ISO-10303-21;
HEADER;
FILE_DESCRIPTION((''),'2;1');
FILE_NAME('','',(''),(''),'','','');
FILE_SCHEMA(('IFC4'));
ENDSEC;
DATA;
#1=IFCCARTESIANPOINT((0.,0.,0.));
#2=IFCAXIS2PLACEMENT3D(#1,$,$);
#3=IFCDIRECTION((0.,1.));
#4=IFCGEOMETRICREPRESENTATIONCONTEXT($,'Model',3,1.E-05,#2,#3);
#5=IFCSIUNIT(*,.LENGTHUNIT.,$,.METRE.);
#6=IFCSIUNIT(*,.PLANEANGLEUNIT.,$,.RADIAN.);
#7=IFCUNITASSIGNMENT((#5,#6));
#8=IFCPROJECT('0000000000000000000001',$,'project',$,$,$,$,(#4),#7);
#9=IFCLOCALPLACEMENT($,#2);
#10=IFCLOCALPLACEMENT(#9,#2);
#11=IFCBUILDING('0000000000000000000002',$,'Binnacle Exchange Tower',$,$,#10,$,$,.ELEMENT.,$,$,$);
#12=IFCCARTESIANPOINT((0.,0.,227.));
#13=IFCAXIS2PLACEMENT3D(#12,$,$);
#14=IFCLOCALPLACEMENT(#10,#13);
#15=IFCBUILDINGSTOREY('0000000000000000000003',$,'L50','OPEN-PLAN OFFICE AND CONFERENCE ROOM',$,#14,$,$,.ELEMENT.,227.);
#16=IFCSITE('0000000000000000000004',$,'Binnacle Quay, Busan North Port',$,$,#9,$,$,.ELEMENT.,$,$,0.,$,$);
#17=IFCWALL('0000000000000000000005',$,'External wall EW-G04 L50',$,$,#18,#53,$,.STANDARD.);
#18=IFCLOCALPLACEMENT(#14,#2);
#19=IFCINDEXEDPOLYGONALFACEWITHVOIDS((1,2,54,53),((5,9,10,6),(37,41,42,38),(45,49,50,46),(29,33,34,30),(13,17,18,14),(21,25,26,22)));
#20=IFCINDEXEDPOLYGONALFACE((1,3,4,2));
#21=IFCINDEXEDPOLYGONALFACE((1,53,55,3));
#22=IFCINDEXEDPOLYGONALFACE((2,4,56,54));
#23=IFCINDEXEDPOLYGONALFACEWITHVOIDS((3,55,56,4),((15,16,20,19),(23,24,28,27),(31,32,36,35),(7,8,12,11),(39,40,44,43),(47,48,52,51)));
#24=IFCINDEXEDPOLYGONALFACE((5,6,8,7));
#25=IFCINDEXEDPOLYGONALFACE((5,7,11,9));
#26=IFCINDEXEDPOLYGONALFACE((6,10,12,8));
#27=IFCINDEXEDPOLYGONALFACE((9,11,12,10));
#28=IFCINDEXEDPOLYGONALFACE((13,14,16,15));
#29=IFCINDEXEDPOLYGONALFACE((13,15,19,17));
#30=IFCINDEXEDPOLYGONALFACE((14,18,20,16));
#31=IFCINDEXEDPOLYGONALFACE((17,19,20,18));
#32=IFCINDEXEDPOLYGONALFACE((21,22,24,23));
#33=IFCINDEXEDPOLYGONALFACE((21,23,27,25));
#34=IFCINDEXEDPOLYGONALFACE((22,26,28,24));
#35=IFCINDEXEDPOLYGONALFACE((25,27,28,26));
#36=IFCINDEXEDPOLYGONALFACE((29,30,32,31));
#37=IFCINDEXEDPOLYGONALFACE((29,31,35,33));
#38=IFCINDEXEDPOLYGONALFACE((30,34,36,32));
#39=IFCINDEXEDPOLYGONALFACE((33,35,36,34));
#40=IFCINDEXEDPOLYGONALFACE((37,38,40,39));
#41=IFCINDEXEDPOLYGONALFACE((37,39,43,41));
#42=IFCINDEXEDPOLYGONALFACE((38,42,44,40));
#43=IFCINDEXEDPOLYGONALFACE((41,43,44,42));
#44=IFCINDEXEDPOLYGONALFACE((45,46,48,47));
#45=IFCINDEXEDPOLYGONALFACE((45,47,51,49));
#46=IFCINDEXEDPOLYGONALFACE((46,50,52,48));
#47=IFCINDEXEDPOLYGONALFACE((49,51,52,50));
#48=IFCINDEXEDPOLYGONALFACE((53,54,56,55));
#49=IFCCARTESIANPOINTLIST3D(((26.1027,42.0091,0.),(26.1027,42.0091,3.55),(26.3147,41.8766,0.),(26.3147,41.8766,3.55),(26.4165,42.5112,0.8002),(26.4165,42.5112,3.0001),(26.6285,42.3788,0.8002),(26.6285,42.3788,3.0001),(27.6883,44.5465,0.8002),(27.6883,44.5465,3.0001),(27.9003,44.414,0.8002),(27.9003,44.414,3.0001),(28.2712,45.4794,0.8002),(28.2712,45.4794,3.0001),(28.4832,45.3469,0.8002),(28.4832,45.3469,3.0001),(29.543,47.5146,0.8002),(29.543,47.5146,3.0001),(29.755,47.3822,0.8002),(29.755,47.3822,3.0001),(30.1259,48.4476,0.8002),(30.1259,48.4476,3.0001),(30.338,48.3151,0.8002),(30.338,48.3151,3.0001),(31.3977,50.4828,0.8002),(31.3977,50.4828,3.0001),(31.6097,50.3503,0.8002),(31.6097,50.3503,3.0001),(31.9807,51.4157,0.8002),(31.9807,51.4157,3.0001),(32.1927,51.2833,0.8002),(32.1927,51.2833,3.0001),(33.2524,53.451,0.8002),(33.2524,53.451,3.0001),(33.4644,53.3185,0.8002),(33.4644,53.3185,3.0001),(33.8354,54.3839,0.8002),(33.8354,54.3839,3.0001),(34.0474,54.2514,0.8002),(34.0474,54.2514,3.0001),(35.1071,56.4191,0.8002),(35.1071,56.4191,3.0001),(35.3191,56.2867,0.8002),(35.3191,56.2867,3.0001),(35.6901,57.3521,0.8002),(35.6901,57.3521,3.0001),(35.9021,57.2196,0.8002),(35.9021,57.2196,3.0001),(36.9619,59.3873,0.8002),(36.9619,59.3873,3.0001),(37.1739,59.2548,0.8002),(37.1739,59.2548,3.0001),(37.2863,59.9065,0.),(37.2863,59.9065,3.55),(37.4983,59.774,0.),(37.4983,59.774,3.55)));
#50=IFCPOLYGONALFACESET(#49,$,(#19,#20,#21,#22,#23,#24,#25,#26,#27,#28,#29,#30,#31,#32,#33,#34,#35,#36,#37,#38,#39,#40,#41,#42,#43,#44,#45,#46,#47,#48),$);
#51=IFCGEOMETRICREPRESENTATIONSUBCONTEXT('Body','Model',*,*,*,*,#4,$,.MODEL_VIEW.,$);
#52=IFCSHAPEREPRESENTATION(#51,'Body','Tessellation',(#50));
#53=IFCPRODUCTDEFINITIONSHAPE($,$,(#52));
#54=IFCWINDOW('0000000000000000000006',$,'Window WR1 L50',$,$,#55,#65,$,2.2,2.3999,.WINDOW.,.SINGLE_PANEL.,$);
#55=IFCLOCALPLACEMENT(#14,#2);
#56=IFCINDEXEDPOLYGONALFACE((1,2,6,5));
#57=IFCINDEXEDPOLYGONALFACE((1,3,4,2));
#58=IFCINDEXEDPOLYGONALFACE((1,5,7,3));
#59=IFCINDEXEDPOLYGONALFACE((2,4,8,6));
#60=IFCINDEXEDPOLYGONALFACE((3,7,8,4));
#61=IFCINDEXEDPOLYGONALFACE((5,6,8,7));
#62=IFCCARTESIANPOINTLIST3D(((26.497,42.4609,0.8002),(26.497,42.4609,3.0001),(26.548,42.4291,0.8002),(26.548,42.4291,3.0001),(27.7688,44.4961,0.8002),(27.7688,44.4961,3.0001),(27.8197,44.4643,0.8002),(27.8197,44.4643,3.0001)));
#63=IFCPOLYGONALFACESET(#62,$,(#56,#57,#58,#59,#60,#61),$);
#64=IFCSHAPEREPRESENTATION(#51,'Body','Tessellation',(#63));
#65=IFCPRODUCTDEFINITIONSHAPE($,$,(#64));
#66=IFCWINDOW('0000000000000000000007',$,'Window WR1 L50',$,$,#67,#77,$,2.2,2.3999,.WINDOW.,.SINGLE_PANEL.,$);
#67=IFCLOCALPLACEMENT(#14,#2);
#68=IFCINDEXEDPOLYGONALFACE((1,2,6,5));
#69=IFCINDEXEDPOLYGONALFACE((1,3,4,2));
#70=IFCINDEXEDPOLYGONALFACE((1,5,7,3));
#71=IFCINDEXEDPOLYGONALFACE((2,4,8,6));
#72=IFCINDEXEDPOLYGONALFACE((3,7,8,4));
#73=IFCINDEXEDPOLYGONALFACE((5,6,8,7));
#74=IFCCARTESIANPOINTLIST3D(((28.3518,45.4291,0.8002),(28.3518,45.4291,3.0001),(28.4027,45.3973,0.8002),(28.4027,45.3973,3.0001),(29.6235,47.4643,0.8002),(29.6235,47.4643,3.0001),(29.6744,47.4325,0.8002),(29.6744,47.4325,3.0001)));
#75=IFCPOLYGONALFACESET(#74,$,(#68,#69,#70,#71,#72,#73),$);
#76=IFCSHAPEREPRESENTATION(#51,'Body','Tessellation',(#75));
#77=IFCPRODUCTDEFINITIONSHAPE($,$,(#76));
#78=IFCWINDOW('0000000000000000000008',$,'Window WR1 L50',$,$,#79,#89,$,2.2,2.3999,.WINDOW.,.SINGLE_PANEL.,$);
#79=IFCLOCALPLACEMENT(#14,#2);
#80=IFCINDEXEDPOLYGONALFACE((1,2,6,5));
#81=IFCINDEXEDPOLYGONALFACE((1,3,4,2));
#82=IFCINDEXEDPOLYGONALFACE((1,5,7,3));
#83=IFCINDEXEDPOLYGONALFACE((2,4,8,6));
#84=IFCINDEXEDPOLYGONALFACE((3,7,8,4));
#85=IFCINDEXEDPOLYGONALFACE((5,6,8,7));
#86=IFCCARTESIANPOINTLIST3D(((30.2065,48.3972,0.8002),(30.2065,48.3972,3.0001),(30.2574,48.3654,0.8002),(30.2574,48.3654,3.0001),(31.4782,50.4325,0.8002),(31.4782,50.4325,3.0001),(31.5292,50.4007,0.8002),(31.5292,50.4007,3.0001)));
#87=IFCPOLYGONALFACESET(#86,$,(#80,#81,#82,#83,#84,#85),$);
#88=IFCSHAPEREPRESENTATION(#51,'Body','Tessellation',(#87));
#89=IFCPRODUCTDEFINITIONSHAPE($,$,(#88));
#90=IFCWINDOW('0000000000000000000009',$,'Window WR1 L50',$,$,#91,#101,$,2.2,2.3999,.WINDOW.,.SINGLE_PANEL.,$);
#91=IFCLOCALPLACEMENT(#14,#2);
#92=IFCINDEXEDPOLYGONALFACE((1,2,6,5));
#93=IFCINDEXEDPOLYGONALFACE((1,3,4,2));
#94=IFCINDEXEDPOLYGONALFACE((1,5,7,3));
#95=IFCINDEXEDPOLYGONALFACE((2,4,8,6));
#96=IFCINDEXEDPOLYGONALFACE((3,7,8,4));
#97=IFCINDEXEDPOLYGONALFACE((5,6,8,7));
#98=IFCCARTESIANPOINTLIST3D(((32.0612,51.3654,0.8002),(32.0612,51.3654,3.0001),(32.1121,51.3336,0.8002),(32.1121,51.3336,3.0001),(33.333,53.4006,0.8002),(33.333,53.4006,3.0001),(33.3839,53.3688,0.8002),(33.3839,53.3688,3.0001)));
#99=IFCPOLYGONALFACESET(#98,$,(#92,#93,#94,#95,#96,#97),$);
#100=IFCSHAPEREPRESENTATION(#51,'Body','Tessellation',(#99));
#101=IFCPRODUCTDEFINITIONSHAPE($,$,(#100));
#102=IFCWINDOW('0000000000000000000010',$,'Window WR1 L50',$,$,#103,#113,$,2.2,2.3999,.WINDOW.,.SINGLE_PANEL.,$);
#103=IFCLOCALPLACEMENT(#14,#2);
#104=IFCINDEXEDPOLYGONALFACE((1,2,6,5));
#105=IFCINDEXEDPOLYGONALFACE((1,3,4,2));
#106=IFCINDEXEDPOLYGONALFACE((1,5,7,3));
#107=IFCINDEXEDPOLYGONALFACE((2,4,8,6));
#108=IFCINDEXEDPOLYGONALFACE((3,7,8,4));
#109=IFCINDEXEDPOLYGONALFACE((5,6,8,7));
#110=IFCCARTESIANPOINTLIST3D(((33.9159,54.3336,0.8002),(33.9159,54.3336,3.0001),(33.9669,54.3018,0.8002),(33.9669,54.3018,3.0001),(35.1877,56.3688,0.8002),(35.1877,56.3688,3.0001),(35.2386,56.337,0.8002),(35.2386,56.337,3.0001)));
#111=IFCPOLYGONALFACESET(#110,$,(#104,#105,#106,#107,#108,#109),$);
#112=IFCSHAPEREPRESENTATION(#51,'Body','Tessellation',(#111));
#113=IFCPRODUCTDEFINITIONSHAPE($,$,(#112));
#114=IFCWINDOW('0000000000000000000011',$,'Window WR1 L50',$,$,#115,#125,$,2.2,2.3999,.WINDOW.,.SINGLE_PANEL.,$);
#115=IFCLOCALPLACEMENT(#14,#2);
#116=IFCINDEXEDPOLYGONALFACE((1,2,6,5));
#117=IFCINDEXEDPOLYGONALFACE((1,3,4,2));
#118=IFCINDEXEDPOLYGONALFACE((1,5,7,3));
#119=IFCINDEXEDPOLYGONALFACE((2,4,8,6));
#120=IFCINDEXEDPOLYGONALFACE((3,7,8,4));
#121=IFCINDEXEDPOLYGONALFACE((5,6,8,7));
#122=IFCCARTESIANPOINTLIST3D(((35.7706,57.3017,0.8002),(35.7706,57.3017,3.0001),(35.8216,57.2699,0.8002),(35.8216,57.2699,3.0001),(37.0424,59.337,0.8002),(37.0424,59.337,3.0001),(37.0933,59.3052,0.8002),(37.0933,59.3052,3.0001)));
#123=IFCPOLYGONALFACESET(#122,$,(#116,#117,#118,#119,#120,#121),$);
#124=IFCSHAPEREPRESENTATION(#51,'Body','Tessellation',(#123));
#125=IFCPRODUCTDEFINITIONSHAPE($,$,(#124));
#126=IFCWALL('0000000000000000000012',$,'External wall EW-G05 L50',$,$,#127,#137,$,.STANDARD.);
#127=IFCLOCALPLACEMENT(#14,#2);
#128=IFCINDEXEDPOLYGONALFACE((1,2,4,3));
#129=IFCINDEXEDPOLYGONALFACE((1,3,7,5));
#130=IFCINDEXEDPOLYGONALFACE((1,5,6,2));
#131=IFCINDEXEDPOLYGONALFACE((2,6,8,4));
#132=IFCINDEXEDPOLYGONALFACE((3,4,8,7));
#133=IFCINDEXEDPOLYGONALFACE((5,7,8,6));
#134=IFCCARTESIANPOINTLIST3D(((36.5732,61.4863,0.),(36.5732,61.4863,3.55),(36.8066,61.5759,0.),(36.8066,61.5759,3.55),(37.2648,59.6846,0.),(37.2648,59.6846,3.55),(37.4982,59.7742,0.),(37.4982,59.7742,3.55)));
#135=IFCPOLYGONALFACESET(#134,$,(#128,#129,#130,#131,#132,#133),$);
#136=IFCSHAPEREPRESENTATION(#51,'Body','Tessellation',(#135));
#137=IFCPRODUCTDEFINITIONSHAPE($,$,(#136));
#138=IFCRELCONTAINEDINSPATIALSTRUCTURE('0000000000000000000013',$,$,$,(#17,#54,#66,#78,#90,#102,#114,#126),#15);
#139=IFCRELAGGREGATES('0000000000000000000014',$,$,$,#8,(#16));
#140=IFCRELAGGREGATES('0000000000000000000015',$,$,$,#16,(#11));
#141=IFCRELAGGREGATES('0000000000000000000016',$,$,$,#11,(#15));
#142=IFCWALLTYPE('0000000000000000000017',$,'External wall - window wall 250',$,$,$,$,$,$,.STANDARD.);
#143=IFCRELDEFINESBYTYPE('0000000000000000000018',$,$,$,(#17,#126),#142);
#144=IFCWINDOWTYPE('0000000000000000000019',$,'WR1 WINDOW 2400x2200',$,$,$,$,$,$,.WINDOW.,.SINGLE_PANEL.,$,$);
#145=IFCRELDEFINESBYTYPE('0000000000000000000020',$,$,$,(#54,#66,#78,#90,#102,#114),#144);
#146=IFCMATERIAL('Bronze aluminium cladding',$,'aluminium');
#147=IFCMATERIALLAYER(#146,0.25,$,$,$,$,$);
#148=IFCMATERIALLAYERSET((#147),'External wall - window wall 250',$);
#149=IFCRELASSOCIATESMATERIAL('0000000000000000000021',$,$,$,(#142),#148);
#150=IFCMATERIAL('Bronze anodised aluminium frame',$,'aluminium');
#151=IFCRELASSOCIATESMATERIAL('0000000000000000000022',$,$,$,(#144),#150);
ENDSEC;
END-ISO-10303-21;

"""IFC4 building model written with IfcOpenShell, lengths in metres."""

from ifc_helpers import new_model, si_unit, direction, frame, frame_2d, origin, place, context, subcontext, project, spatial, rectangle, extrude, material, layer, layer_set, type_object, element, fill, save


model = new_model("IFC4")

# Units and contexts
model_context = context("Model", 3, precision=1e-05, world=origin(), true_north=direction((0.0, 1.0)))
body_context = subcontext(model_context, "Body", "Model", "MODEL_VIEW")
ifc_project = project(units=[si_unit("LENGTHUNIT", "METRE"), si_unit("PLANEANGLEUNIT", "RADIAN")], contexts=[model_context])

# Site, building, storey
site_placement = place(None, origin())
site = spatial("IfcSite", under=ifc_project, at=site_placement, Name="Binnacle Quay, Busan North Port", CompositionType="ELEMENT", RefElevation=0.0)
building_placement = place(site_placement, origin())
building = spatial("IfcBuilding", under=site, at=building_placement, Name="Binnacle Exchange Tower", CompositionType="ELEMENT")
storey_placement = place(building_placement, frame((0.0, 0.0, 227.0)))
storey = spatial("IfcBuildingStorey", under=building, at=storey_placement, Name="L50", Description="OPEN-PLAN OFFICE AND CONFERENCE ROOM", CompositionType="ELEMENT", Elevation=227.0)

# Wall, openings, windows
ifc_material_1 = material(Name="Bronze aluminium cladding", Category="aluminium")
ifc_layer_1 = layer(ifc_material_1, 0.25)
ifc_layer_set_1 = layer_set([ifc_layer_1], Name="External wall - window wall 250")
wall_type_1 = type_object("IfcWallType", Name="External wall - window wall 250", PredefinedType="STANDARD", material=ifc_layer_set_1)
wall_1_placement = place(storey_placement, frame((37.3923, 59.8403, 0.0), z_axis=(0.0, 0.0, 1.0), x_axis=(-0.52992, -0.848048, 0.0)))
wall_1 = element("IfcWall", 1, at=wall_1_placement, inside=storey, type_object=wall_type_1, Name="External wall EW-G04 L50", PredefinedType="STANDARD", context=body_context, shape_type="SweptSolid", body=[
    extrude(rectangle(XDim=21.1042, YDim=0.25, at=frame_2d((10.5522, 0.0))), origin(), (0.0, 0.0, 1.0), 3.55),
])
opening_1_placement = place(wall_1_placement, frame((18.1123, 0.0, 0.8)))
opening_1 = element("IfcOpeningElement", 2, at=opening_1_placement, cuts=wall_1, PredefinedType="OPENING", context=body_context, shape_type="SweptSolid", body=[
    extrude(rectangle(XDim=2.3999, YDim=2.2, at=frame_2d((1.2, 1.1001))), frame((0.0, 0.135, 0.0), z_axis=(0.0, -1.0, 0.0), x_axis=(1.0, 0.0, 0.0)), (0.0, 0.0, 1.0), 0.27),
])
opening_2_placement = place(wall_1_placement, frame((14.6123, 0.0, 0.8)))
opening_2 = element("IfcOpeningElement", 3, at=opening_2_placement, cuts=wall_1, PredefinedType="OPENING", context=body_context, shape_type="SweptSolid", body=[
    extrude(rectangle(XDim=2.3999, YDim=2.2, at=frame_2d((1.2, 1.1001))), frame((0.0, 0.135, 0.0), z_axis=(0.0, -1.0, 0.0), x_axis=(1.0, 0.0, 0.0)), (0.0, 0.0, 1.0), 0.27),
])
opening_3_placement = place(wall_1_placement, frame((11.1123, 0.0, 0.8)))
opening_3 = element("IfcOpeningElement", 4, at=opening_3_placement, cuts=wall_1, PredefinedType="OPENING", context=body_context, shape_type="SweptSolid", body=[
    extrude(rectangle(XDim=2.3999, YDim=2.2, at=frame_2d((1.2, 1.1001))), frame((0.0, 0.135, 0.0), z_axis=(0.0, -1.0, 0.0), x_axis=(1.0, 0.0, 0.0)), (0.0, 0.0, 1.0), 0.27),
])
opening_4_placement = place(wall_1_placement, frame((7.6123, 0.0, 0.8)))
opening_4 = element("IfcOpeningElement", 5, at=opening_4_placement, cuts=wall_1, PredefinedType="OPENING", context=body_context, shape_type="SweptSolid", body=[
    extrude(rectangle(XDim=2.3999, YDim=2.2, at=frame_2d((1.2, 1.1001))), frame((0.0, 0.135, 0.0), z_axis=(0.0, -1.0, 0.0), x_axis=(1.0, 0.0, 0.0)), (0.0, 0.0, 1.0), 0.27),
])
opening_5_placement = place(wall_1_placement, frame((4.1123, 0.0, 0.8)))
opening_5 = element("IfcOpeningElement", 6, at=opening_5_placement, cuts=wall_1, PredefinedType="OPENING", context=body_context, shape_type="SweptSolid", body=[
    extrude(rectangle(XDim=2.3999, YDim=2.2, at=frame_2d((1.2, 1.1001))), frame((0.0, 0.135, 0.0), z_axis=(0.0, -1.0, 0.0), x_axis=(1.0, 0.0, 0.0)), (0.0, 0.0, 1.0), 0.27),
])
opening_6_placement = place(wall_1_placement, frame((0.6123, 0.0, 0.8)))
opening_6 = element("IfcOpeningElement", 7, at=opening_6_placement, cuts=wall_1, PredefinedType="OPENING", context=body_context, shape_type="SweptSolid", body=[
    extrude(rectangle(XDim=2.3999, YDim=2.2, at=frame_2d((1.2, 1.1001))), frame((0.0, 0.135, 0.0), z_axis=(0.0, -1.0, 0.0), x_axis=(1.0, 0.0, 0.0)), (0.0, 0.0, 1.0), 0.27),
])
ifc_material_2 = material(Name="Bronze anodised aluminium frame", Category="aluminium")
window_type = type_object("IfcWindowType", Name="WR1 WINDOW 2400x2200", PartitioningType="SINGLE_PANEL", PredefinedType="WINDOW", material=ifc_material_2)
window_1_placement = place(opening_1_placement, origin())
window_1 = element("IfcWindow", 8, at=window_1_placement, inside=storey, type_object=window_type, Name="Window WR1 L50", OverallHeight=2.2, OverallWidth=2.3999, PartitioningType="SINGLE_PANEL", PredefinedType="WINDOW", context=body_context, shape_type="SweptSolid", body=[
    extrude(rectangle(XDim=2.3999, YDim=2.2, at=frame_2d((1.2, 1.1001))), frame((0.0, 0.03, 0.0), z_axis=(0.0, -1.0, 0.0), x_axis=(1.0, 0.0, 0.0)), (0.0, 0.0, 1.0), 0.0601),
])
fill(opening_1, window_1)
window_2_placement = place(opening_2_placement, origin())
window_2 = element("IfcWindow", 9, at=window_2_placement, inside=storey, type_object=window_type, Name="Window WR1 L50", OverallHeight=2.2, OverallWidth=2.3999, PartitioningType="SINGLE_PANEL", PredefinedType="WINDOW", context=body_context, shape_type="SweptSolid", body=[
    extrude(rectangle(XDim=2.3999, YDim=2.2, at=frame_2d((1.2, 1.1001))), frame((0.0, 0.03, 0.0), z_axis=(0.0, -1.0, 0.0), x_axis=(1.0, 0.0, 0.0)), (0.0, 0.0, 1.0), 0.0601),
])
fill(opening_2, window_2)
window_3_placement = place(opening_3_placement, origin())
window_3 = element("IfcWindow", 10, at=window_3_placement, inside=storey, type_object=window_type, Name="Window WR1 L50", OverallHeight=2.2, OverallWidth=2.3999, PartitioningType="SINGLE_PANEL", PredefinedType="WINDOW", context=body_context, shape_type="SweptSolid", body=[
    extrude(rectangle(XDim=2.3999, YDim=2.2, at=frame_2d((1.2, 1.1001))), frame((0.0, 0.03, 0.0), z_axis=(0.0, -1.0, 0.0), x_axis=(1.0, 0.0, 0.0)), (0.0, 0.0, 1.0), 0.0601),
])
fill(opening_3, window_3)
window_4_placement = place(opening_4_placement, origin())
window_4 = element("IfcWindow", 11, at=window_4_placement, inside=storey, type_object=window_type, Name="Window WR1 L50", OverallHeight=2.2, OverallWidth=2.3999, PartitioningType="SINGLE_PANEL", PredefinedType="WINDOW", context=body_context, shape_type="SweptSolid", body=[
    extrude(rectangle(XDim=2.3999, YDim=2.2, at=frame_2d((1.2, 1.1001))), frame((0.0, 0.03, 0.0), z_axis=(0.0, -1.0, 0.0), x_axis=(1.0, 0.0, 0.0)), (0.0, 0.0, 1.0), 0.0601),
])
fill(opening_4, window_4)
window_5_placement = place(opening_5_placement, origin())
window_5 = element("IfcWindow", 12, at=window_5_placement, inside=storey, type_object=window_type, Name="Window WR1 L50", OverallHeight=2.2, OverallWidth=2.3999, PartitioningType="SINGLE_PANEL", PredefinedType="WINDOW", context=body_context, shape_type="SweptSolid", body=[
    extrude(rectangle(XDim=2.3999, YDim=2.2, at=frame_2d((1.2, 1.1001))), frame((0.0, 0.03, 0.0), z_axis=(0.0, -1.0, 0.0), x_axis=(1.0, 0.0, 0.0)), (0.0, 0.0, 1.0), 0.0601),
])
fill(opening_5, window_5)
window_6_placement = place(opening_6_placement, origin())
window_6 = element("IfcWindow", 13, at=window_6_placement, inside=storey, type_object=window_type, Name="Window WR1 L50", OverallHeight=2.2, OverallWidth=2.3999, PartitioningType="SINGLE_PANEL", PredefinedType="WINDOW", context=body_context, shape_type="SweptSolid", body=[
    extrude(rectangle(XDim=2.3999, YDim=2.2, at=frame_2d((1.2, 1.1001))), frame((0.0, 0.03, 0.0), z_axis=(0.0, -1.0, 0.0), x_axis=(1.0, 0.0, 0.0)), (0.0, 0.0, 1.0), 0.0601),
])
fill(opening_6, window_6)

# Wall
wall_2_placement = place(storey_placement, frame((36.6899, 61.531, 0.0), z_axis=(0.0, 0.0, 1.0), x_axis=(0.358377, -0.933577, 0.0)))
element("IfcWall", 14, at=wall_2_placement, inside=storey, type_object=wall_type_1, Name="External wall EW-G05 L50", PredefinedType="STANDARD", context=body_context, shape_type="SweptSolid", body=[
    extrude(rectangle(XDim=1.9299, YDim=0.25, at=frame_2d((0.9648, 0.0))), origin(), (0.0, 0.0, 1.0), 3.55),
])

save(model, "model.ifc")
